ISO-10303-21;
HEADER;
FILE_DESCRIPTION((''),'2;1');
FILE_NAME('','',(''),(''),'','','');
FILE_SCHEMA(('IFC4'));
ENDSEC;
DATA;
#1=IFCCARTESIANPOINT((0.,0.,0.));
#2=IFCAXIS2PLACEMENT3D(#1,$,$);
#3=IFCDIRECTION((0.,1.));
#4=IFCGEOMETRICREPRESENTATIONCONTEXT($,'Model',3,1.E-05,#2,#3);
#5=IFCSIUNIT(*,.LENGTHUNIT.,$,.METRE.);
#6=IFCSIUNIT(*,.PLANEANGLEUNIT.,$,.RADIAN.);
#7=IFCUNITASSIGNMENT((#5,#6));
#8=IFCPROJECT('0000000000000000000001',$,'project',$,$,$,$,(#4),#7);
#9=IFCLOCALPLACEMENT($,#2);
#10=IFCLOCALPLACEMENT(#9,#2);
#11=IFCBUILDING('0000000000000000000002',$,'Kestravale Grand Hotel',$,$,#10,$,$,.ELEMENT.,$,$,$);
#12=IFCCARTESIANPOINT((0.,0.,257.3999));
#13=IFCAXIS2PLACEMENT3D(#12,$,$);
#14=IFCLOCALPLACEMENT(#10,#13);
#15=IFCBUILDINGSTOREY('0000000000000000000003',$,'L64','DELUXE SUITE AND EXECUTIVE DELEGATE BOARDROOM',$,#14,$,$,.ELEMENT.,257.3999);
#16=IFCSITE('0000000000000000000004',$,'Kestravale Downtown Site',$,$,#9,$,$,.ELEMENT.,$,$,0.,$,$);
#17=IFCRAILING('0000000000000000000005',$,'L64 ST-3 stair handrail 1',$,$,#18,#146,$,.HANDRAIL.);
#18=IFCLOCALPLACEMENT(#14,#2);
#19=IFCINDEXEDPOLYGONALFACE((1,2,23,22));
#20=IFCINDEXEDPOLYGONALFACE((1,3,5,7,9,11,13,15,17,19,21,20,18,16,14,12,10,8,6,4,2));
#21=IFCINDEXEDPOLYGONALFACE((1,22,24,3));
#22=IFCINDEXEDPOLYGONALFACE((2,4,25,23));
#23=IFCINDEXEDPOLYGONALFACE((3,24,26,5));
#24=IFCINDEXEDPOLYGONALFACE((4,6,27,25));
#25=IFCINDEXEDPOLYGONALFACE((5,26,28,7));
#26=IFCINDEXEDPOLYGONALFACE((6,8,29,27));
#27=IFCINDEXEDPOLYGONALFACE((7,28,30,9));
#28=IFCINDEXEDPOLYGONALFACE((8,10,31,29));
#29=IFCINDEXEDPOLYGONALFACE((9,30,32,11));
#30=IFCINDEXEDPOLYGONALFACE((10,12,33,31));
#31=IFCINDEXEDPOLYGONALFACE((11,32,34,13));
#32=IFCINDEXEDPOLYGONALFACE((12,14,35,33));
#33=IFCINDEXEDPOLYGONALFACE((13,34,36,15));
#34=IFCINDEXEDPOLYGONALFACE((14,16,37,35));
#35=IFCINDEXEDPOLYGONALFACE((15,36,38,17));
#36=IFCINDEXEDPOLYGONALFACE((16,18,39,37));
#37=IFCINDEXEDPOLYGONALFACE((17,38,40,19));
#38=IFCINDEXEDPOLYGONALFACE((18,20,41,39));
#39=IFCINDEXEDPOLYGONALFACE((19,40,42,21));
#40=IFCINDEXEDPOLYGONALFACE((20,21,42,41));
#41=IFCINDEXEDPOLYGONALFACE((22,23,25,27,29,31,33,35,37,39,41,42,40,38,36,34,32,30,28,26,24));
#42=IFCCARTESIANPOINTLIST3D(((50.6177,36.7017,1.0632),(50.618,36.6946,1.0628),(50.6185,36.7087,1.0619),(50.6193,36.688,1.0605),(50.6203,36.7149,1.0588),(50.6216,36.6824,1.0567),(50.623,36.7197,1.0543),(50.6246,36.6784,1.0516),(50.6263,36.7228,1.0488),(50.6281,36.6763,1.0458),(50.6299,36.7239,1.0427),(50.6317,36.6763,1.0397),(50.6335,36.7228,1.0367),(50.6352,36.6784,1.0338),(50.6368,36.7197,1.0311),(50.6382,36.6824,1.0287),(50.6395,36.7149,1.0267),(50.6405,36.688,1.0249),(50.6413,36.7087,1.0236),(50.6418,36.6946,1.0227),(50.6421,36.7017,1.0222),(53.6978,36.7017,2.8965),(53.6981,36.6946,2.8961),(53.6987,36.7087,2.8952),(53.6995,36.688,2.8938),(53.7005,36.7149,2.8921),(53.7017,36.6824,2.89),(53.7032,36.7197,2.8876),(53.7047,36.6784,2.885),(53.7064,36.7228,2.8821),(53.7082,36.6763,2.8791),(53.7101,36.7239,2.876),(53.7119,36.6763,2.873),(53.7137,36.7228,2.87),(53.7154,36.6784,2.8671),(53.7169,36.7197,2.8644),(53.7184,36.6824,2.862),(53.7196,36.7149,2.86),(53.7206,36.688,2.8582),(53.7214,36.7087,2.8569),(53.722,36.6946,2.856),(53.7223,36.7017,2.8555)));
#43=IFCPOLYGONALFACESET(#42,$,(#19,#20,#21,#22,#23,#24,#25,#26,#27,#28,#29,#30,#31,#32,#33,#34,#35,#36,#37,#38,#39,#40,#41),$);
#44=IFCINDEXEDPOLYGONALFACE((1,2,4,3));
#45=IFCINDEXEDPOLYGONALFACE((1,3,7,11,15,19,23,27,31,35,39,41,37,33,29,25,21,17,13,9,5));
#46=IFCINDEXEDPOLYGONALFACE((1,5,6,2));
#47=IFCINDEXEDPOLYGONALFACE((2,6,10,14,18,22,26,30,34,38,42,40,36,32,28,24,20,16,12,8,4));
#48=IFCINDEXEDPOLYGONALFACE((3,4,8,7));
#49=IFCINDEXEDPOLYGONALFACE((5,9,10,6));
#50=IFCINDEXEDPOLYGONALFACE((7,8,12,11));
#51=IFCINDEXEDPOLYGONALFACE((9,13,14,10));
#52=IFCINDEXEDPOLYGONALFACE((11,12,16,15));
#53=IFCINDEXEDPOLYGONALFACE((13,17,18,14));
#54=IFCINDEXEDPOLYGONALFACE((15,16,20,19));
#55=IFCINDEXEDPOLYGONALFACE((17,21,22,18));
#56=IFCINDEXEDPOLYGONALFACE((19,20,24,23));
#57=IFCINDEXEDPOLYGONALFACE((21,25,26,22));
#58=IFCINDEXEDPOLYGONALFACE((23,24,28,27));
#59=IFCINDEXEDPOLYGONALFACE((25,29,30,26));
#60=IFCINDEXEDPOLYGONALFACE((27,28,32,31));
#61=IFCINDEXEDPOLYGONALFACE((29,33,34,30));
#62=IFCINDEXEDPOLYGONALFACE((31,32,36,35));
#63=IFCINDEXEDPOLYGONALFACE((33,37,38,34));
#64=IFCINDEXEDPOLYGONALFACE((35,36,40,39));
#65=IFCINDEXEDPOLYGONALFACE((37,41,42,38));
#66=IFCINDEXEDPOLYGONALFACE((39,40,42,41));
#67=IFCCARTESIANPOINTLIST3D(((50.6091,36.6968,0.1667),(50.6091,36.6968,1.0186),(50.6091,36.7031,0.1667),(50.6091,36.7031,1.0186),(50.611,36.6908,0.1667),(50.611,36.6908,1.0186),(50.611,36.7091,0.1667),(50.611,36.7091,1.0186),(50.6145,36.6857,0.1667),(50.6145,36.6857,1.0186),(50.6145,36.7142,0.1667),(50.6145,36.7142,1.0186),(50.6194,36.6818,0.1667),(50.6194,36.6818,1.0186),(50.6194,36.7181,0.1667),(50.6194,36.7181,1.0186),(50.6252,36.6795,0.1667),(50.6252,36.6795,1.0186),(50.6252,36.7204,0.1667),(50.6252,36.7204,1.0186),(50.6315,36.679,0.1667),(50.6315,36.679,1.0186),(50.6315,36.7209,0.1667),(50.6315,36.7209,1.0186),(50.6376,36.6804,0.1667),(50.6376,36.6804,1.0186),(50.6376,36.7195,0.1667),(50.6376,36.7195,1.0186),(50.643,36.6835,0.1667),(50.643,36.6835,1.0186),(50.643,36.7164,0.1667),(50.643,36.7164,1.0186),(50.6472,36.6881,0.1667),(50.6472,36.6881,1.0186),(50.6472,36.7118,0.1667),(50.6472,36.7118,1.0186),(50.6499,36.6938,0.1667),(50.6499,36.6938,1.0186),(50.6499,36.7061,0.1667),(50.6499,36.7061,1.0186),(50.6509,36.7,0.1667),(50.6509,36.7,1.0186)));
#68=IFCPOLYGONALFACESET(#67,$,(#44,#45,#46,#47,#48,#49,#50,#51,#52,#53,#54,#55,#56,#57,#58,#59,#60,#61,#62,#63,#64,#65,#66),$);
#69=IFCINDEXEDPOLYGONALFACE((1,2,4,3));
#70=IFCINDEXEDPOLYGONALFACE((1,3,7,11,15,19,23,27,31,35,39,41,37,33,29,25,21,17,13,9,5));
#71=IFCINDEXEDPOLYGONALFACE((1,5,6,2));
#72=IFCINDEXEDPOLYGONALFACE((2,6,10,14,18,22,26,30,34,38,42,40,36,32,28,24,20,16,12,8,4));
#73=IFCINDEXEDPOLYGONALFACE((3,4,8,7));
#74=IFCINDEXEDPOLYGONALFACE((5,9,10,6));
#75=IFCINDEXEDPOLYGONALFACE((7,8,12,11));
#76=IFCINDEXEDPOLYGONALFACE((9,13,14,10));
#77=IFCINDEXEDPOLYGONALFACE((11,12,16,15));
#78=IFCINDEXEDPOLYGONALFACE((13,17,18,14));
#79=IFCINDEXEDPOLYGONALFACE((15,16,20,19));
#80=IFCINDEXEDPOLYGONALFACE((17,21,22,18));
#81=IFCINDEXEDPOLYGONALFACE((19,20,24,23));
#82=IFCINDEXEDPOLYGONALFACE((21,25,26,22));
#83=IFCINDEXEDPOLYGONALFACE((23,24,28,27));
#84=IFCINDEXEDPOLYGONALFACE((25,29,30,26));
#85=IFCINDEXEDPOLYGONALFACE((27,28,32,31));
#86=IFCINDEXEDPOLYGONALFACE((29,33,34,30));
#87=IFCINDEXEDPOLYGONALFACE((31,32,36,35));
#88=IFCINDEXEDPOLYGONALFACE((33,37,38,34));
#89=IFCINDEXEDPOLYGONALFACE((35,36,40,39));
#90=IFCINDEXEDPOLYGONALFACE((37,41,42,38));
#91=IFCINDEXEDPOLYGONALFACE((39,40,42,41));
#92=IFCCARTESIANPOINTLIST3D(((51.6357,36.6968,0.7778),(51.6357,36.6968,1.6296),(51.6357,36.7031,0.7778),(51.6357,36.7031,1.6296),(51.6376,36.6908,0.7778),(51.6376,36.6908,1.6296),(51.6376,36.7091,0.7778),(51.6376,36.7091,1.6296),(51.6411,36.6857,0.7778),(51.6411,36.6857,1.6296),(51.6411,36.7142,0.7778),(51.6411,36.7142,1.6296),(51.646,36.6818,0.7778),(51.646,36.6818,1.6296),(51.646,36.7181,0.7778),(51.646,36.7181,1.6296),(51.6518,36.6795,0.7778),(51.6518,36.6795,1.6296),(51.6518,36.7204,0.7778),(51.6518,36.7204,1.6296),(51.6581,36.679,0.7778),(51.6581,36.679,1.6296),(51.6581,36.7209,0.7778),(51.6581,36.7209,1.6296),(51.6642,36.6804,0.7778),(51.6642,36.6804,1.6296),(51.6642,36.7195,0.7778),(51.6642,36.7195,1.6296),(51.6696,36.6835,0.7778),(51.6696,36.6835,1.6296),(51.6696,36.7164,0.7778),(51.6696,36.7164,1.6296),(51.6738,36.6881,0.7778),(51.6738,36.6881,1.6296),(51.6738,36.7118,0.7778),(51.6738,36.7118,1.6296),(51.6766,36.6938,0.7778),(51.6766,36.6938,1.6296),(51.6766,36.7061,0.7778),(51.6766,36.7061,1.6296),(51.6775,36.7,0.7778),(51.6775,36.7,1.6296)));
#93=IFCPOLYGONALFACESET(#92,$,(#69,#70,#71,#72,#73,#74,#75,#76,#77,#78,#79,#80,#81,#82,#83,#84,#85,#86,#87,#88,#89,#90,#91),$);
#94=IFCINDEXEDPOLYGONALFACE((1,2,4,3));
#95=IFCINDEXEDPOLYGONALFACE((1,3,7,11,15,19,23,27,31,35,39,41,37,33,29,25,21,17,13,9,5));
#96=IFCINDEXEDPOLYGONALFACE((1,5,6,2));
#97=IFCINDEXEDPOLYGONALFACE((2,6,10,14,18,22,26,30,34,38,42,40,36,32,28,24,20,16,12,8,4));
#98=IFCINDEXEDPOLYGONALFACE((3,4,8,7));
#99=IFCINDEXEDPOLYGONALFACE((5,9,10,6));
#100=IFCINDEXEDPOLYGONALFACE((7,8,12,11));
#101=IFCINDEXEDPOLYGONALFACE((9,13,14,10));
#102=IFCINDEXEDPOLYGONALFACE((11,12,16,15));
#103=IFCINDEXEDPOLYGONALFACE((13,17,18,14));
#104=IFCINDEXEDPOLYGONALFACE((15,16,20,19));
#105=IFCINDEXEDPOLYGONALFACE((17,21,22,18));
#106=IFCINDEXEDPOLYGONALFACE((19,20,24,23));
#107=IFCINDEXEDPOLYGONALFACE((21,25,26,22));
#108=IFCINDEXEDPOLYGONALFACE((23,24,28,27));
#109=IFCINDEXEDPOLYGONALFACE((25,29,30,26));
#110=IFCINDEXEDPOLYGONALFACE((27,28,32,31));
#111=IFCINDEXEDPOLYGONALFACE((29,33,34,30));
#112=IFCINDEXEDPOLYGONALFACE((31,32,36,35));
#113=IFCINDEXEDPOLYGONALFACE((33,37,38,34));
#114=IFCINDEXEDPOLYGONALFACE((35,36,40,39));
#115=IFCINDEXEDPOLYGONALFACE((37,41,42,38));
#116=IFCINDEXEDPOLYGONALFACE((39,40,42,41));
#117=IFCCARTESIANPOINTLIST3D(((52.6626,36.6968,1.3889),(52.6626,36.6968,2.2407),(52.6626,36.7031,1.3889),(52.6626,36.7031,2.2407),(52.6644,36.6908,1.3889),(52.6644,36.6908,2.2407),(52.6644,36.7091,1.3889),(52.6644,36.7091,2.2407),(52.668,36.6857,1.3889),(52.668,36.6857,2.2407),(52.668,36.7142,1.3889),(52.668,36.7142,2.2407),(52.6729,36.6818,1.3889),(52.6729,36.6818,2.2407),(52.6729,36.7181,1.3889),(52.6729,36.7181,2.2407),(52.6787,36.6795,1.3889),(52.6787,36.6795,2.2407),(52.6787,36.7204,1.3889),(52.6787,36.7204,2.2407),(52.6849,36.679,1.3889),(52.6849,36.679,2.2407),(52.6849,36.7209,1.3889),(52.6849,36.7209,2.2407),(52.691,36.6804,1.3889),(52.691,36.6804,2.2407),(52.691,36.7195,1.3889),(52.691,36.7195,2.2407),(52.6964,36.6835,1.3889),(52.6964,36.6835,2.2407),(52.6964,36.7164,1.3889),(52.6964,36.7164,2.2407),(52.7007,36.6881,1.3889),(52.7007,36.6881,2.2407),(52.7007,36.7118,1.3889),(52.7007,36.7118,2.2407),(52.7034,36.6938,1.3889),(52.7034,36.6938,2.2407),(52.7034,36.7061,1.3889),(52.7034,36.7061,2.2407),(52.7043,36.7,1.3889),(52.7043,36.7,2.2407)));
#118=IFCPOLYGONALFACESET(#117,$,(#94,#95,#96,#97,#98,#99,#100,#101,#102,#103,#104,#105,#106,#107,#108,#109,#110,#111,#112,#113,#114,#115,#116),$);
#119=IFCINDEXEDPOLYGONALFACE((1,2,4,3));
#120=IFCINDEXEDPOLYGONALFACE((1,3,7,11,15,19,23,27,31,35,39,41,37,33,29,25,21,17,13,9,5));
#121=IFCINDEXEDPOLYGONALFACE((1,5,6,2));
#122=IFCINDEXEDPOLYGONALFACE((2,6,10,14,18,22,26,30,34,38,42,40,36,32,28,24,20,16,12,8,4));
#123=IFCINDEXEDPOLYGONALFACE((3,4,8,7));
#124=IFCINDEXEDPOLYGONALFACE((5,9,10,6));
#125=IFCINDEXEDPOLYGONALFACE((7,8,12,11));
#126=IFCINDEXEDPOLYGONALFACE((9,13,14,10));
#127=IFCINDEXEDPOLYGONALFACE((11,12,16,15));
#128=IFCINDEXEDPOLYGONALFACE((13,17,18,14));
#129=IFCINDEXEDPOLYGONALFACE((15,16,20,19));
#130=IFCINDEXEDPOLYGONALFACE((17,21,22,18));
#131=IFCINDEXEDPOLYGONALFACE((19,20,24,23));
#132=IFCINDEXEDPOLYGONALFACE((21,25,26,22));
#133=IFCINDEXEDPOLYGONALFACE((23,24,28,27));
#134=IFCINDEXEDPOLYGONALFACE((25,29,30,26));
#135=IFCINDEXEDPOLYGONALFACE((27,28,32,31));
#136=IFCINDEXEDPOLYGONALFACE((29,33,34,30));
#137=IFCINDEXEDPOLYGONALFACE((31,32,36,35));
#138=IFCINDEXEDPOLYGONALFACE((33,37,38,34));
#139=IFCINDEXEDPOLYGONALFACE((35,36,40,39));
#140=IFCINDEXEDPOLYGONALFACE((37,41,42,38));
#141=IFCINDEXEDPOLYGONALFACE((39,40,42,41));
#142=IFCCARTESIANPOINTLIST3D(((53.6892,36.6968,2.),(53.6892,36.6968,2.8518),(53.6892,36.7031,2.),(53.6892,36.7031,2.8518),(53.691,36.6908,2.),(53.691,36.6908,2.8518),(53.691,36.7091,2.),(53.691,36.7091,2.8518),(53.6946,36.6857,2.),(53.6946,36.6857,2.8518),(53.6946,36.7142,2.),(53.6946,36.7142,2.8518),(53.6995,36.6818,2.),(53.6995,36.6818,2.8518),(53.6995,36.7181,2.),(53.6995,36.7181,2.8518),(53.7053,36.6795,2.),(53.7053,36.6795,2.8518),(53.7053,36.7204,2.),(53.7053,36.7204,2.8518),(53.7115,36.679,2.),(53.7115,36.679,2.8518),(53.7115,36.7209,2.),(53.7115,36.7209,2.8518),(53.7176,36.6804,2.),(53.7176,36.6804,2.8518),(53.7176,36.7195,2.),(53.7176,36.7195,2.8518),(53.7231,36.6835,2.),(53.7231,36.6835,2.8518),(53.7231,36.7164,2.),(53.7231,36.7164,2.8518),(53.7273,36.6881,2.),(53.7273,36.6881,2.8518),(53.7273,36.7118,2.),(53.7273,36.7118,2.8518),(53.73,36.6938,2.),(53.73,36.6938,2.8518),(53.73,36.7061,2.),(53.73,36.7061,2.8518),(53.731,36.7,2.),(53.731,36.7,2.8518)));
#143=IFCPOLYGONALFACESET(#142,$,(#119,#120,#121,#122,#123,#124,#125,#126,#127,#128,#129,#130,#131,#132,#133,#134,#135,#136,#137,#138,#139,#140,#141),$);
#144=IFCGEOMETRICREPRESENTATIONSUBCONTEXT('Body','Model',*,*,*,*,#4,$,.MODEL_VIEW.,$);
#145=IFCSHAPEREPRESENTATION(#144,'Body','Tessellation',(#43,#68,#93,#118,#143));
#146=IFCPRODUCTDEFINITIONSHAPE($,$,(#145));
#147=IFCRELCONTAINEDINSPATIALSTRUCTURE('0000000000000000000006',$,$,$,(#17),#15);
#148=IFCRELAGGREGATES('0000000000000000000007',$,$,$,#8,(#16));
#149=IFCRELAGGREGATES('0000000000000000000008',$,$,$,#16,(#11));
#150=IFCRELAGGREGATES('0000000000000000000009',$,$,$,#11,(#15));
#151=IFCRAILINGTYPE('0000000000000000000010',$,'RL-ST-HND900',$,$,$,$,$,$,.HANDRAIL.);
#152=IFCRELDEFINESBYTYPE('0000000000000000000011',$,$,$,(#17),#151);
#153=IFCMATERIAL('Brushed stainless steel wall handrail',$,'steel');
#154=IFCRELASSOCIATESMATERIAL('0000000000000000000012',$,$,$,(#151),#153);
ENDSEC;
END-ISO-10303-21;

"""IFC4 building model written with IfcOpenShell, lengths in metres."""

from ifc_helpers import new_model, si_unit, direction, frame, origin, origin_2d, place, context, subcontext, project, spatial, circle, extrude, material, type_object, element, save


model = new_model("IFC4")

# Units and contexts
model_context = context("Model", 3, precision=1e-05, world=origin(), true_north=direction((0.0, 1.0)))
body_context = subcontext(model_context, "Body", "Model", "MODEL_VIEW")
ifc_project = project(units=[si_unit("LENGTHUNIT", "METRE"), si_unit("PLANEANGLEUNIT", "RADIAN")], contexts=[model_context])

# Site, building, storey
site_placement = place(None, origin())
site = spatial("IfcSite", under=ifc_project, at=site_placement, Name="Kestravale Downtown Site", CompositionType="ELEMENT", RefElevation=0.0)
building_placement = place(site_placement, origin())
building = spatial("IfcBuilding", under=site, at=building_placement, Name="Kestravale Grand Hotel", CompositionType="ELEMENT")
storey_placement = place(building_placement, frame((0.0, 0.0, 257.3999)))
storey = spatial("IfcBuildingStorey", under=building, at=storey_placement, Name="L64", Description="DELUXE SUITE AND EXECUTIVE DELEGATE BOARDROOM", CompositionType="ELEMENT", Elevation=257.3999)

# Railing
ifc_material_1 = material(Name="Brushed stainless steel wall handrail", Category="steel")
railing_type_1 = type_object("IfcRailingType", Name="RL-ST-HND900", PredefinedType="HANDRAIL", material=ifc_material_1)
for number, where, name in (
    (1, (50.6299, 36.7, 0.1667), "L64 ST-3 stair handrail 1"),
):
    element("IfcRailing", number, at=place(storey_placement, frame(where)), inside=storey, type_object=railing_type_1, Name=name, PredefinedType="HANDRAIL", context=body_context, shape_type="SweptSolid", body=[
        extrude(circle(Radius=0.0239, at=origin_2d()), frame((0.0, 0.0, 0.876), z_axis=(0.859309, 0.0, 0.511458), x_axis=(0.0, 1.0, 0.0)), (0.0, 0.0, 1.0), 3.5845),
        extrude(circle(Radius=0.021, at=origin_2d()), origin(), (0.0, 0.0, 1.0), 0.8518),
        extrude(circle(Radius=0.021, at=origin_2d()), frame((1.0266, 0.0, 0.6111)), (0.0, 0.0, 1.0), 0.8518),
        extrude(circle(Radius=0.021, at=origin_2d()), frame((2.0535, 0.0, 1.2222)), (0.0, 0.0, 1.0), 0.8518),
        extrude(circle(Radius=0.021, at=origin_2d()), frame((3.0801, 0.0, 1.8333)), (0.0, 0.0, 1.0), 0.8518),
    ])

save(model, "model.ifc")
